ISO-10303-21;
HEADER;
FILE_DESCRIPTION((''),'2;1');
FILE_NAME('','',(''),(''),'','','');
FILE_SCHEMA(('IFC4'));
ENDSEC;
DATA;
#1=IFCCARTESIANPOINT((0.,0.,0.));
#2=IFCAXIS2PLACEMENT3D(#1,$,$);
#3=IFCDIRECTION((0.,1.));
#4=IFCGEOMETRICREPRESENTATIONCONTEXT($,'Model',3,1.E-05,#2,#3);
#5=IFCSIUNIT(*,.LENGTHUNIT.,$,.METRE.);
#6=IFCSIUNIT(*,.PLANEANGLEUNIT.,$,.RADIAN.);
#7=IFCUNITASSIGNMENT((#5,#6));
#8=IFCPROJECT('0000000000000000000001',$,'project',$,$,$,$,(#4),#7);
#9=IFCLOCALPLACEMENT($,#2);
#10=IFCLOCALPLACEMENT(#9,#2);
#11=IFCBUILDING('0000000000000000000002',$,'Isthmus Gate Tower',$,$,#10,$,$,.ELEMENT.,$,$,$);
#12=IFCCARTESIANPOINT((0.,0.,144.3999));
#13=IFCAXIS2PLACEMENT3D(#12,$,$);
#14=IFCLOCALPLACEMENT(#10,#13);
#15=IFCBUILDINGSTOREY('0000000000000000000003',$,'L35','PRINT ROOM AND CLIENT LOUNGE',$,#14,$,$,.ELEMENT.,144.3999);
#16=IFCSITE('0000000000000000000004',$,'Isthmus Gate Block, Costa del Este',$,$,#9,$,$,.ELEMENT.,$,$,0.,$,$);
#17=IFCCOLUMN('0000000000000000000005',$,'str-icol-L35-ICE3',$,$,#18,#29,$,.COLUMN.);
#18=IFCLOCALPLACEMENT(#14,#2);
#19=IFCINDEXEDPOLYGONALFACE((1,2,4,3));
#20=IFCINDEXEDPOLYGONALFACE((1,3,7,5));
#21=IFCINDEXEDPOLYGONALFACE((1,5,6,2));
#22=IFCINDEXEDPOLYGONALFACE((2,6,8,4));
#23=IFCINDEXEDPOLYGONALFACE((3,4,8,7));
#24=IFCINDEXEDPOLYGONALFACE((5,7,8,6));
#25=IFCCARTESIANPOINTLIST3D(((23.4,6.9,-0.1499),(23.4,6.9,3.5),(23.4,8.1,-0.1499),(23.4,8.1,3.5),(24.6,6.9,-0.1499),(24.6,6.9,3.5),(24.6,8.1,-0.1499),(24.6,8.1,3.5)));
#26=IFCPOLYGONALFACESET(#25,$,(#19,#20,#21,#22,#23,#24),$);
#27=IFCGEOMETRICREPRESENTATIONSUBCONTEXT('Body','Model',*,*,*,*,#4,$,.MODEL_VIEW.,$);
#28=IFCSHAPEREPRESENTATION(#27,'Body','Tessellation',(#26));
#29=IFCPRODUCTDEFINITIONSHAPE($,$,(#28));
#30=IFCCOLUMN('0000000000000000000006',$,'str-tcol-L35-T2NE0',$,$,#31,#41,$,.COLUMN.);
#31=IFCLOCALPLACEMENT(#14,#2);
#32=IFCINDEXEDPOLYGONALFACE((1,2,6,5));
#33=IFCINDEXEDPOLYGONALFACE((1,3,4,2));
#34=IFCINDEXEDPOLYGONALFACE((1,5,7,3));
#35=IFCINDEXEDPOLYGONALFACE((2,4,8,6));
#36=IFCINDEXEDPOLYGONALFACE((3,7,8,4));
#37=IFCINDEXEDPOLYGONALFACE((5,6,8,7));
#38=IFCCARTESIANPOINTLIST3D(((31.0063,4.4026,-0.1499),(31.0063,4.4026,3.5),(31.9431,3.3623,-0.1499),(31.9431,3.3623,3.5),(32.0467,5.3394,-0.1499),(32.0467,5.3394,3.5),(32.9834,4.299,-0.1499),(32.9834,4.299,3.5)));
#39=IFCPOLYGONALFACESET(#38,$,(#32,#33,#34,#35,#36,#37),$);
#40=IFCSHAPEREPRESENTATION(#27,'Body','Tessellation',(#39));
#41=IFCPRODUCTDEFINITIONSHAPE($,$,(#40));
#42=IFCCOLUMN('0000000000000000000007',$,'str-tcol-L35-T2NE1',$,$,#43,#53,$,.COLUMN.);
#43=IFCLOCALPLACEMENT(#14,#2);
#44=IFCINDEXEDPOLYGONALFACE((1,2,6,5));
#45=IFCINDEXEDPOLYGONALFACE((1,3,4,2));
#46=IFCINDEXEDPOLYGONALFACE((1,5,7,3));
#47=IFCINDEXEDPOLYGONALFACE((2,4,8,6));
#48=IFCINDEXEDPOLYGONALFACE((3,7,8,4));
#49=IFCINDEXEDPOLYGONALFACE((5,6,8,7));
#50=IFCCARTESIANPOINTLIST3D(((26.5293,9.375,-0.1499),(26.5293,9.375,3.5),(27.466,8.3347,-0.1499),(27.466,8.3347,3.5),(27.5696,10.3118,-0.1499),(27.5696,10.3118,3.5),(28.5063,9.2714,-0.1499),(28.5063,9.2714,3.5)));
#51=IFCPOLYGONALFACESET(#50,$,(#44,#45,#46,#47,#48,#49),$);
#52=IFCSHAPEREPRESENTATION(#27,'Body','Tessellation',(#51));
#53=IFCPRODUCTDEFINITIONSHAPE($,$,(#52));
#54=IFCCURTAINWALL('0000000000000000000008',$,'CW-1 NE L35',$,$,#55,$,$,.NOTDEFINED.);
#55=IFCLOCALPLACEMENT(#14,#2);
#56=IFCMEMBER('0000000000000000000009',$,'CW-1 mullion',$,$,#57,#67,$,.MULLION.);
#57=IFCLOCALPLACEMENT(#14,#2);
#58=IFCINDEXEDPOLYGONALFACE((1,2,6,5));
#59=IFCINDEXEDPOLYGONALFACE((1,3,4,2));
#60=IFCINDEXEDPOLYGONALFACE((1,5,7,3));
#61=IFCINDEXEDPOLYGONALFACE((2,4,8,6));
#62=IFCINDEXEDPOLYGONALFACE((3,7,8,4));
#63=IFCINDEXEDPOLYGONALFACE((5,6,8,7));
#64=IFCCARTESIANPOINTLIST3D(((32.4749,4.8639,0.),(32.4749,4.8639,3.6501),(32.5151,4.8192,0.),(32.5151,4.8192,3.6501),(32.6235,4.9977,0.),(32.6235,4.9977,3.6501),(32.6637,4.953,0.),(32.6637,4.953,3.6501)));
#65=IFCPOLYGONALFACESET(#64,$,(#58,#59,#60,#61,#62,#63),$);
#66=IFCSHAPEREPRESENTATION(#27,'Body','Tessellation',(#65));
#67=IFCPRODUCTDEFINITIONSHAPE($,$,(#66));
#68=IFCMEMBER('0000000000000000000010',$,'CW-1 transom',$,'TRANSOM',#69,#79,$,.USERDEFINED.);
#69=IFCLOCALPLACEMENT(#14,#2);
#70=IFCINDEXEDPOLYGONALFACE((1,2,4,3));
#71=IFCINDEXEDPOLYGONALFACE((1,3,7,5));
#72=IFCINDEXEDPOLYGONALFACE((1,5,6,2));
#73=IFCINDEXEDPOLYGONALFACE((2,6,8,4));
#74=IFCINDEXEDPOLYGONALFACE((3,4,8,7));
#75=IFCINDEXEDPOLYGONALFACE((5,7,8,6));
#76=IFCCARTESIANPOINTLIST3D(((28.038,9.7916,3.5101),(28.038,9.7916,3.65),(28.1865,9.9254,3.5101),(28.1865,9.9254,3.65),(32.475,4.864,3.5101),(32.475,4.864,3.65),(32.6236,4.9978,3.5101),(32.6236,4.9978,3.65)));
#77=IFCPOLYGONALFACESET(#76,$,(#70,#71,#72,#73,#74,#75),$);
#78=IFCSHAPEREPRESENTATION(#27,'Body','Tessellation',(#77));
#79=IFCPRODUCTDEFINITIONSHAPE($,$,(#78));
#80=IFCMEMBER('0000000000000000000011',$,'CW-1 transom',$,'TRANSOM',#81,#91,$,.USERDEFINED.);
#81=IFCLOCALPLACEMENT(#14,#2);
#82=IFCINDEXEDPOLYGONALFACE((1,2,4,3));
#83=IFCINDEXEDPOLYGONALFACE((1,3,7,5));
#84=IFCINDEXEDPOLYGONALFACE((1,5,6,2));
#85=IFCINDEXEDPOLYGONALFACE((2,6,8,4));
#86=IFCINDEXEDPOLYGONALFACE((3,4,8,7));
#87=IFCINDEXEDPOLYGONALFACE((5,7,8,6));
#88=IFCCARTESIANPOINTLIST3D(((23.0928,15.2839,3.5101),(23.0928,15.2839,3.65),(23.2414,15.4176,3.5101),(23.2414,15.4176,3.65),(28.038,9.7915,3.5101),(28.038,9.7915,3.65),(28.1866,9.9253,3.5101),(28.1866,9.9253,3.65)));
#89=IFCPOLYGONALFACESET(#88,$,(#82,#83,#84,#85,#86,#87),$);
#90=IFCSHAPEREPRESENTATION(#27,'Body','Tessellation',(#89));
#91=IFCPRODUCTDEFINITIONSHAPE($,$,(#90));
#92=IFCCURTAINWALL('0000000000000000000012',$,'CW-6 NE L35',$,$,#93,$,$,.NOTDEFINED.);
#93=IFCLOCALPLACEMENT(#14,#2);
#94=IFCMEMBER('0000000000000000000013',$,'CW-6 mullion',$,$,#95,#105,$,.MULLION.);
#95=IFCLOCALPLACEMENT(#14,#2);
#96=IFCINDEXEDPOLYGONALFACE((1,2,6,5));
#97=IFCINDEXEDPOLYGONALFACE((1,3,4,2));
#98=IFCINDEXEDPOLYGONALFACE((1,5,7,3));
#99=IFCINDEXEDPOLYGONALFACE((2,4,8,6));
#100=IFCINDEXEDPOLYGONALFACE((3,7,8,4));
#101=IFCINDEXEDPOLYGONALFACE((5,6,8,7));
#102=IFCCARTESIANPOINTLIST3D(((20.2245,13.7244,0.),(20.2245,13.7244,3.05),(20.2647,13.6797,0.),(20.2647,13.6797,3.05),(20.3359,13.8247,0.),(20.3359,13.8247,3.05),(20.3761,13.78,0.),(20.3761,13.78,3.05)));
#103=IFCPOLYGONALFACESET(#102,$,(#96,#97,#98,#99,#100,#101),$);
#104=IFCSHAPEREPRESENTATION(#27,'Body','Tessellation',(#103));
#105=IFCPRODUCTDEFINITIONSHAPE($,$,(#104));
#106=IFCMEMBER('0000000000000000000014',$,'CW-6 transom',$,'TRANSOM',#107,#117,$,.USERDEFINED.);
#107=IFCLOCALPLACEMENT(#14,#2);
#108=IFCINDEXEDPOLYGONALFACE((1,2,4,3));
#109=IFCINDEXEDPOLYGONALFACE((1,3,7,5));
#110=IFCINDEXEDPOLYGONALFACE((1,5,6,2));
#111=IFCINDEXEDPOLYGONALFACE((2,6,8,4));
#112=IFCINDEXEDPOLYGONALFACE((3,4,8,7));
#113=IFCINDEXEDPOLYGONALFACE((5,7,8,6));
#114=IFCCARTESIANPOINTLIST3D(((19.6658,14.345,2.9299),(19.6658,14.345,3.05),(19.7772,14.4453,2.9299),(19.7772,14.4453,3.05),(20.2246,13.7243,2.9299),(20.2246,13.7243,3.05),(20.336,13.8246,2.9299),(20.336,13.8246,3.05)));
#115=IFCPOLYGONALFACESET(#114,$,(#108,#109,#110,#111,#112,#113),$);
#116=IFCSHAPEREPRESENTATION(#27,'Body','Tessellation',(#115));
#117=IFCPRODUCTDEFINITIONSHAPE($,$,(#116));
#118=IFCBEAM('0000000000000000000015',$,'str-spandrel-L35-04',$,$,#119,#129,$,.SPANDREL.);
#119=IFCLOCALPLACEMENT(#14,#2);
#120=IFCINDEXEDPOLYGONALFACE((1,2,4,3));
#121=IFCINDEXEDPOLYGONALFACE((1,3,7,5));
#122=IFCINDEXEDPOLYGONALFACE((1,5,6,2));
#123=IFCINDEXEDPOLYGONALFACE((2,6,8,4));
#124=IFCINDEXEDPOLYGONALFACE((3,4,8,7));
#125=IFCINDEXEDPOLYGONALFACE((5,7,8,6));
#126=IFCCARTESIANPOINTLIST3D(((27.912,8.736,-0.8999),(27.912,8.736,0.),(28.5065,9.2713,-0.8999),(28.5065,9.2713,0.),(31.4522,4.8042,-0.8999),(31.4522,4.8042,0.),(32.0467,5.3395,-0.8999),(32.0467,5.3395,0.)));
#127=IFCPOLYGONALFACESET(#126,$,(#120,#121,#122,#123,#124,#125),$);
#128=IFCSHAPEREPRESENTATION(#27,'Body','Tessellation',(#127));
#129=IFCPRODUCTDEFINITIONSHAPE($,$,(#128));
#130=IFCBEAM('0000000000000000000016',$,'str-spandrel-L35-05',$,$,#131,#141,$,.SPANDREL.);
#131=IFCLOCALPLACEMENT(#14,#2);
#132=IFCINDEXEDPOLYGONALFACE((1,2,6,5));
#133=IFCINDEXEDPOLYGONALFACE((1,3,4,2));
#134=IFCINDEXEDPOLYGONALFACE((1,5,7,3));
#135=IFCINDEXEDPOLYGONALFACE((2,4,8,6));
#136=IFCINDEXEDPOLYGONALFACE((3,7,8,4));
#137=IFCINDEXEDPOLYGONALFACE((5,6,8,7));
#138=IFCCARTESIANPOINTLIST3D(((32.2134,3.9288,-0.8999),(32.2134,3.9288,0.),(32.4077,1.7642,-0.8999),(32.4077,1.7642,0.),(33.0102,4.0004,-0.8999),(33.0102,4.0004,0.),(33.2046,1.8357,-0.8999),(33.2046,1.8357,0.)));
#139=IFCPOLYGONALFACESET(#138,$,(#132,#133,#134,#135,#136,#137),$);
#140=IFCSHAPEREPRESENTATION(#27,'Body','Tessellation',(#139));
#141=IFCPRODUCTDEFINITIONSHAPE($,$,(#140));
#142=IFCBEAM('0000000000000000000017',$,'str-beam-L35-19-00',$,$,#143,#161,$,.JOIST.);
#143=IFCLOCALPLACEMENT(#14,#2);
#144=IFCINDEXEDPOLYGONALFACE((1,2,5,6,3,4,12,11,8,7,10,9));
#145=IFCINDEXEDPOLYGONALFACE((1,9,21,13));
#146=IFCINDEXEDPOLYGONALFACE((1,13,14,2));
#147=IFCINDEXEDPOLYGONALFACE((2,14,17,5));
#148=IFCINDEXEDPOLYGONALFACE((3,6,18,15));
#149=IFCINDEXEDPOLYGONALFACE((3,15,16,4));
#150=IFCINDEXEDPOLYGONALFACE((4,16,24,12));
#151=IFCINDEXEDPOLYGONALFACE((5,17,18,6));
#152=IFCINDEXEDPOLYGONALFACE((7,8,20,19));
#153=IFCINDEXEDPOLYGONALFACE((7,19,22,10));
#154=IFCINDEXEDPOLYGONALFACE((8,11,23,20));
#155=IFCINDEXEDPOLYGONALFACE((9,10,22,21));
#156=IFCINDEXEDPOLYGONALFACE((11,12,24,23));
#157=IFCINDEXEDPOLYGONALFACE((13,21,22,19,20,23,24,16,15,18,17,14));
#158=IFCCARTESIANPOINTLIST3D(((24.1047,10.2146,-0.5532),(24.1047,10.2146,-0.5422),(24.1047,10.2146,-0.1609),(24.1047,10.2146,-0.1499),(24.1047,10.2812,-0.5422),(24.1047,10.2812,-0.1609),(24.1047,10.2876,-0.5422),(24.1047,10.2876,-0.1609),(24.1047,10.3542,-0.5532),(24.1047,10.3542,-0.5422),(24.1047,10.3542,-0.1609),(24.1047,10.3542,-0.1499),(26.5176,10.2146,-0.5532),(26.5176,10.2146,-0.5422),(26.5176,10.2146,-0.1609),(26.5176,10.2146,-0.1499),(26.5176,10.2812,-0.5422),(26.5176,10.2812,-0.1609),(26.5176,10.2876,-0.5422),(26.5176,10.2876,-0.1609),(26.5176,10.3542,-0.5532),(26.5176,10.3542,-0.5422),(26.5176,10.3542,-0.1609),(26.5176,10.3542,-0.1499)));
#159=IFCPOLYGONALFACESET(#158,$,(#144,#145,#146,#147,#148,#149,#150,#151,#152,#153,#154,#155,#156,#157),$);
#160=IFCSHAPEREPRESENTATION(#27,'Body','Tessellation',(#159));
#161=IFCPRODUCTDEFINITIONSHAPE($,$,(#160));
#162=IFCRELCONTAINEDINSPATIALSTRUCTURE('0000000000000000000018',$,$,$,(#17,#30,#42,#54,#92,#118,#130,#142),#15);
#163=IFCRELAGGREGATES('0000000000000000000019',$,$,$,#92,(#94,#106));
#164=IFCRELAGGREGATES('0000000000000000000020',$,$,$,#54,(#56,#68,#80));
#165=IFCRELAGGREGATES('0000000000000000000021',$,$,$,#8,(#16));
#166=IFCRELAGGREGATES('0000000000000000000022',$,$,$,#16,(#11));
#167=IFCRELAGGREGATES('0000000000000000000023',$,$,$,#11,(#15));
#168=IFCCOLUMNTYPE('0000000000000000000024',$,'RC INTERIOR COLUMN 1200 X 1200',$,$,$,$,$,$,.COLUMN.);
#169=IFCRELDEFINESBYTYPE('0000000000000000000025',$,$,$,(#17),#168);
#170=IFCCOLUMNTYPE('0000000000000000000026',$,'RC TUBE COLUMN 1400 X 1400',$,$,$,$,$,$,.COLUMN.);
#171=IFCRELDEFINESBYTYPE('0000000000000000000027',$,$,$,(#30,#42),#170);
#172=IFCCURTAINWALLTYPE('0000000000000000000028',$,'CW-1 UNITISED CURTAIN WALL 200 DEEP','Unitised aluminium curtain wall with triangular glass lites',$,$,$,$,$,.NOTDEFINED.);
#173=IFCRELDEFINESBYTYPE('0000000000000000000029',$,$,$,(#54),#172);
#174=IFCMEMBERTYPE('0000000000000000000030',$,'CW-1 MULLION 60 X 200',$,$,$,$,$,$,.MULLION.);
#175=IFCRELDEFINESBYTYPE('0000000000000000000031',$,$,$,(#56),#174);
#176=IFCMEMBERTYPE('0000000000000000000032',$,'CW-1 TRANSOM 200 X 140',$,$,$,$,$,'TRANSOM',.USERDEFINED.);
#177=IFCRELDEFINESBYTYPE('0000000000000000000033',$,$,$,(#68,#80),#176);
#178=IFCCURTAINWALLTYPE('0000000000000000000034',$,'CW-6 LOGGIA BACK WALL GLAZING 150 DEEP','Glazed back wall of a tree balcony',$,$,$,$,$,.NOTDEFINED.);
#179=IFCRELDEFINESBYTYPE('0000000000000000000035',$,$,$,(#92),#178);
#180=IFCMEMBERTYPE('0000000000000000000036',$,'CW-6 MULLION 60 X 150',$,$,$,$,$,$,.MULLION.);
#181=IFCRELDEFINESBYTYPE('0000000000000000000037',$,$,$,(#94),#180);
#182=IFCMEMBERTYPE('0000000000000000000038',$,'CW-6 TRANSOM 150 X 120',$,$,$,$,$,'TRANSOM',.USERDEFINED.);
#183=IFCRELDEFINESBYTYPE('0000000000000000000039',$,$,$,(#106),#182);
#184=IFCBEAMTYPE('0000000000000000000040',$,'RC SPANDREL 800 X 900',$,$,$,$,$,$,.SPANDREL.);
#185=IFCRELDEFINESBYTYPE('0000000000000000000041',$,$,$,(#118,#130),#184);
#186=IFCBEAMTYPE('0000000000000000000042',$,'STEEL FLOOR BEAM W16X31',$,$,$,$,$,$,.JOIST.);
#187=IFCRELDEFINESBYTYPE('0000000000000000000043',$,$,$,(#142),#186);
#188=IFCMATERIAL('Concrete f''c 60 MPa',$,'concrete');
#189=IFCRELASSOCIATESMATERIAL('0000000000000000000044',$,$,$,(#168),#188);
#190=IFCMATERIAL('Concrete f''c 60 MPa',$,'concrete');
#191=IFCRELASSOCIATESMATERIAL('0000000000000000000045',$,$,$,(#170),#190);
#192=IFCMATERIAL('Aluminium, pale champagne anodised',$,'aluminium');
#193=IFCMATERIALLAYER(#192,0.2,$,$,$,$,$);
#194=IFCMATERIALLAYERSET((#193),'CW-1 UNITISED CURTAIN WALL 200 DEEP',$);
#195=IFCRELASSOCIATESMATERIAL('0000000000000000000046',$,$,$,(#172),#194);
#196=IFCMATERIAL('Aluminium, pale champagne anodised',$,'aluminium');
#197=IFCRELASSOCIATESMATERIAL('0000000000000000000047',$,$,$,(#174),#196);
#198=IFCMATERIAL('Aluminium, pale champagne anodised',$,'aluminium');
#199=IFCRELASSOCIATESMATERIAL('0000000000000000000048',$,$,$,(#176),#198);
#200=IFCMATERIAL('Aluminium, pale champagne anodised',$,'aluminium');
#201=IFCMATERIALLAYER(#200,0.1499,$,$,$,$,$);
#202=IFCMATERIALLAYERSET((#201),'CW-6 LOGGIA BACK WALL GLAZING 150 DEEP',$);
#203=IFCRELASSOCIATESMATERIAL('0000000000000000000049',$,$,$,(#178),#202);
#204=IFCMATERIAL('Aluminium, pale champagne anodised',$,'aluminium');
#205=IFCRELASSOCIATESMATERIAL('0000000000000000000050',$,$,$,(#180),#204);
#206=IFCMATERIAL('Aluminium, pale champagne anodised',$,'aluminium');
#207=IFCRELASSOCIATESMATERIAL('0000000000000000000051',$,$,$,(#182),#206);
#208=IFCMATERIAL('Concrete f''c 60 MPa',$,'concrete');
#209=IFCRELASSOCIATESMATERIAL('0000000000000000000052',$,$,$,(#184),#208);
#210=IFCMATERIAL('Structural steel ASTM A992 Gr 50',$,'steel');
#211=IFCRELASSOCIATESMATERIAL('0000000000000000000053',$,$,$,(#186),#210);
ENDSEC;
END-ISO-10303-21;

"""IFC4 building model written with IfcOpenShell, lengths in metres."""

from ifc_helpers import new_model, si_unit, direction, frame, origin, origin_2d, place, context, subcontext, project, spatial, rectangle, i_section, extrude, material, layer, layer_set, material_profile, profile_set, type_object, element, aggregate, save


model = new_model("IFC4")

# Units and contexts
model_context = context("Model", 3, precision=1e-05, world=origin(), true_north=direction((0.0, 1.0)))
body_context = subcontext(model_context, "Body", "Model", "MODEL_VIEW")
ifc_project = project(units=[si_unit("LENGTHUNIT", "METRE"), si_unit("PLANEANGLEUNIT", "RADIAN")], contexts=[model_context])

# Site, building, storey
site_placement = place(None, origin())
site = spatial("IfcSite", under=ifc_project, at=site_placement, Name="Isthmus Gate Block, Costa del Este", CompositionType="ELEMENT", RefElevation=0.0)
building_placement = place(site_placement, origin())
building = spatial("IfcBuilding", under=site, at=building_placement, Name="Isthmus Gate Tower", CompositionType="ELEMENT")
storey_placement = place(building_placement, frame((0.0, 0.0, 144.3999)))
storey = spatial("IfcBuildingStorey", under=building, at=storey_placement, Name="L35", Description="PRINT ROOM AND CLIENT LOUNGE", CompositionType="ELEMENT", Elevation=144.3999)

# Columns
ifc_material_1 = material(Name="Concrete f'c 60 MPa", Category="concrete")
ifc_material_profile_1 = material_profile(ifc_material_1, rectangle(XDim=1.2, YDim=1.2, at=origin_2d()), Name="RC 1200X1200")
ifc_profile_set_1 = profile_set([ifc_material_profile_1], Name="Concrete f'c 60 MPa")
column_type_1 = type_object("IfcColumnType", Name="RC INTERIOR COLUMN 1200 X 1200", PredefinedType="COLUMN", material=ifc_profile_set_1)
column_placement = place(storey_placement, frame((24.0, 7.5, -0.1499), z_axis=(0.0, 0.0, 1.0), x_axis=(1.0, 0.0, 0.0)))
element("IfcColumn", 1, at=column_placement, inside=storey, type_object=column_type_1, Name="str-icol-L35-ICE3", PredefinedType="COLUMN", context=body_context, shape_type="SweptSolid", body=[
    extrude(rectangle(XDim=1.2, YDim=1.2, at=origin_2d()), origin(), (0.0, 0.0, 1.0), 3.6499),
])
ifc_material_2 = material(Name="Concrete f'c 60 MPa", Category="concrete")
ifc_material_profile_2 = material_profile(ifc_material_2, rectangle(XDim=1.3999, YDim=1.3999, at=origin_2d()), Name="RC 1400X1400")
ifc_profile_set_2 = profile_set([ifc_material_profile_2], Name="Concrete f'c 60 MPa")
column_type_2 = type_object("IfcColumnType", Name="RC TUBE COLUMN 1400 X 1400", PredefinedType="COLUMN", material=ifc_profile_set_2)
for number, where, z_axis, x_axis, name in (
    (2, (31.9949, 4.3508, -0.1499), (0.0, 0.0, 1.0), (-0.669131, 0.743145, 0.0), "str-tcol-L35-T2NE0"),
    (3, (27.5178, 9.3232, -0.1499), (0.0, 0.0, 1.0), (-0.669131, 0.743145, 0.0), "str-tcol-L35-T2NE1"),
):
    element("IfcColumn", number, at=place(storey_placement, frame(where, z_axis=z_axis, x_axis=x_axis)), inside=storey, type_object=column_type_2, Name=name, PredefinedType="COLUMN", context=body_context, shape_type="SweptSolid", body=[
        extrude(rectangle(XDim=1.3999, YDim=1.3999, at=origin_2d()), origin(), (0.0, 0.0, 1.0), 3.6499),
    ])

# Curtain walls, members
ifc_material_3 = material(Name="Aluminium, pale champagne anodised", Category="aluminium")
ifc_layer_1 = layer(ifc_material_3, 0.2)
ifc_layer_set_1 = layer_set([ifc_layer_1], Name="CW-1 UNITISED CURTAIN WALL 200 DEEP")
curtain_wall_type_1 = type_object("IfcCurtainWallType", Name="CW-1 UNITISED CURTAIN WALL 200 DEEP", Description="Unitised aluminium curtain wall with triangular glass lites", PredefinedType="NOTDEFINED", material=ifc_layer_set_1)
curtain_wall_1_placement = place(storey_placement, origin())
curtain_wall_1 = element("IfcCurtainWall", 4, at=curtain_wall_1_placement, inside=storey, type_object=curtain_wall_type_1, Name="CW-1 NE L35", PredefinedType="NOTDEFINED")
ifc_material_4 = material(Name="Aluminium, pale champagne anodised", Category="aluminium")
ifc_material_profile_3 = material_profile(ifc_material_4, rectangle(XDim=0.0601, YDim=0.2, at=origin_2d()), Name="60x200")
ifc_profile_set_3 = profile_set([ifc_material_profile_3], Name="Aluminium, pale champagne anodised")
member_type_1 = type_object("IfcMemberType", Name="CW-1 MULLION 60 X 200", PredefinedType="MULLION", material=ifc_profile_set_3)
member_1_placement = place(storey_placement, frame((32.5693, 4.9084, 0.0), z_axis=(0.0, 0.0, 1.0), x_axis=(-0.669131, 0.743145, 0.0)))
member_1 = element("IfcMember", 5, at=member_1_placement, type_object=member_type_1, Name="CW-1 mullion", PredefinedType="MULLION", context=body_context, shape_type="SweptSolid", body=[
    extrude(rectangle(XDim=0.0601, YDim=0.2, at=origin_2d()), origin(), (0.0, 0.0, 1.0), 3.6501),
])
ifc_material_5 = material(Name="Aluminium, pale champagne anodised", Category="aluminium")
ifc_material_profile_4 = material_profile(ifc_material_5, rectangle(XDim=0.2, YDim=0.1399, at=origin_2d()), Name="200x140")
ifc_profile_set_4 = profile_set([ifc_material_profile_4], Name="Aluminium, pale champagne anodised")
member_type_2 = type_object("IfcMemberType", Name="CW-1 TRANSOM 200 X 140", ElementType="TRANSOM", PredefinedType="USERDEFINED", material=ifc_profile_set_4)
member_2_placement = place(storey_placement, frame((32.5493, 4.9309, 3.5801), z_axis=(-0.669154, 0.743124, 0.0), x_axis=(-0.743124, -0.669154, 0.0)))
member_2 = element("IfcMember", 6, at=member_2_placement, type_object=member_type_2, Name="CW-1 transom", ObjectType="TRANSOM", PredefinedType="USERDEFINED", context=body_context, shape_type="SweptSolid", body=[
    extrude(rectangle(XDim=0.2, YDim=0.1399, at=origin_2d()), origin(), (0.0, 0.0, 1.0), 6.6309),
])
member_3_placement = place(storey_placement, frame((28.1123, 9.8584, 3.5801), z_axis=(-0.669123, 0.743151, 0.0), x_axis=(-0.743151, -0.669123, 0.0)))
member_3 = element("IfcMember", 7, at=member_3_placement, type_object=member_type_2, Name="CW-1 transom", ObjectType="TRANSOM", PredefinedType="USERDEFINED", context=body_context, shape_type="SweptSolid", body=[
    extrude(rectangle(XDim=0.2, YDim=0.1399, at=origin_2d()), origin(), (0.0, 0.0, 1.0), 7.3906),
])
ifc_material_6 = material(Name="Aluminium, pale champagne anodised", Category="aluminium")
ifc_layer_2 = layer(ifc_material_6, 0.1499)
ifc_layer_set_2 = layer_set([ifc_layer_2], Name="CW-6 LOGGIA BACK WALL GLAZING 150 DEEP")
curtain_wall_type_2 = type_object("IfcCurtainWallType", Name="CW-6 LOGGIA BACK WALL GLAZING 150 DEEP", Description="Glazed back wall of a tree balcony", PredefinedType="NOTDEFINED", material=ifc_layer_set_2)
curtain_wall_2_placement = place(storey_placement, origin())
curtain_wall_2 = element("IfcCurtainWall", 8, at=curtain_wall_2_placement, inside=storey, type_object=curtain_wall_type_2, Name="CW-6 NE L35", PredefinedType="NOTDEFINED")
ifc_material_7 = material(Name="Aluminium, pale champagne anodised", Category="aluminium")
ifc_material_profile_5 = material_profile(ifc_material_7, rectangle(XDim=0.0601, YDim=0.1499, at=origin_2d()), Name="60x150")
ifc_profile_set_5 = profile_set([ifc_material_profile_5], Name="Aluminium, pale champagne anodised")
member_type_3 = type_object("IfcMemberType", Name="CW-6 MULLION 60 X 150", PredefinedType="MULLION", material=ifc_profile_set_5)
member_4_placement = place(storey_placement, frame((20.3003, 13.7522, 0.0), z_axis=(0.0, 0.0, 1.0), x_axis=(-0.669131, 0.743145, 0.0)))
member_4 = element("IfcMember", 9, at=member_4_placement, type_object=member_type_3, Name="CW-6 mullion", PredefinedType="MULLION", context=body_context, shape_type="SweptSolid", body=[
    extrude(rectangle(XDim=0.0601, YDim=0.1499, at=origin_2d()), origin(), (0.0, 0.0, 1.0), 3.05),
])
ifc_material_8 = material(Name="Aluminium, pale champagne anodised", Category="aluminium")
ifc_material_profile_6 = material_profile(ifc_material_8, rectangle(XDim=0.1499, YDim=0.1201, at=origin_2d()), Name="150x120")
ifc_profile_set_6 = profile_set([ifc_material_profile_6], Name="Aluminium, pale champagne anodised")
member_type_4 = type_object("IfcMemberType", Name="CW-6 TRANSOM 150 X 120", ElementType="TRANSOM", PredefinedType="USERDEFINED", material=ifc_profile_set_6)
member_5_placement = place(storey_placement, frame((20.2803, 13.7744, 2.99), z_axis=(-0.669013, 0.743251, 0.0), x_axis=(-0.743251, -0.669013, 0.0)))
member_5 = element("IfcMember", 10, at=member_5_placement, type_object=member_type_4, Name="CW-6 transom", ObjectType="TRANSOM", PredefinedType="USERDEFINED", context=body_context, shape_type="SweptSolid", body=[
    extrude(rectangle(XDim=0.1499, YDim=0.1201, at=origin_2d()), origin(), (0.0, 0.0, 1.0), 0.8352),
])
aggregate(curtain_wall_2, [member_4, member_5])

# Beams
ifc_material_9 = material(Name="Concrete f'c 60 MPa", Category="concrete")
ifc_material_profile_7 = material_profile(ifc_material_9, rectangle(XDim=0.8, YDim=0.8999, at=origin_2d()), Name="RC 800X900")
ifc_profile_set_7 = profile_set([ifc_material_profile_7], Name="Concrete f'c 60 MPa")
beam_type_1 = type_object("IfcBeamType", Name="RC SPANDREL 800 X 900", PredefinedType="SPANDREL", material=ifc_profile_set_7)
beam_1_placement = place(storey_placement, frame((28.2092, 9.0037, -0.45), z_axis=(0.66913, -0.743145, 0.0), x_axis=(0.743145, 0.66913, 0.0)))
element("IfcBeam", 11, at=beam_1_placement, inside=storey, type_object=beam_type_1, Name="str-spandrel-L35-04", PredefinedType="SPANDREL", context=body_context, shape_type="SweptSolid", body=[
    extrude(rectangle(XDim=0.8, YDim=0.8999, at=origin_2d()), origin(), (0.0, 0.0, 1.0), 5.2908),
])
beam_2_placement = place(storey_placement, frame((32.6118, 3.9646, -0.45), z_axis=(0.089422, -0.995994, 0.0), x_axis=(0.995994, 0.089422, 0.0)))
element("IfcBeam", 12, at=beam_2_placement, inside=storey, type_object=beam_type_1, Name="str-spandrel-L35-05", PredefinedType="SPANDREL", context=body_context, shape_type="SweptSolid", body=[
    extrude(rectangle(XDim=0.8, YDim=0.8999, at=origin_2d()), origin(), (0.0, 0.0, 1.0), 2.1733),
])
ifc_material_10 = material(Name="Structural steel ASTM A992 Gr 50", Category="steel")
ifc_material_profile_8 = material_profile(ifc_material_10, i_section(OverallWidth=0.1396, OverallDepth=0.4033, WebThickness=0.0063, FlangeThickness=0.011, at=origin_2d()), Name="W16X31")
ifc_profile_set_8 = profile_set([ifc_material_profile_8], Name="Structural steel ASTM A992 Gr 50")
beam_type_2 = type_object("IfcBeamType", Name="STEEL FLOOR BEAM W16X31", PredefinedType="JOIST", material=ifc_profile_set_8)
beam_3_placement = place(storey_placement, frame((24.1047, 10.2844, -0.3516), z_axis=(1.0, 0.0, 0.0), x_axis=(0.0, 1.0, 0.0)))
element("IfcBeam", 13, at=beam_3_placement, inside=storey, type_object=beam_type_2, Name="str-beam-L35-19-00", PredefinedType="JOIST", context=body_context, shape_type="SweptSolid", body=[
    extrude(i_section(OverallWidth=0.1396, OverallDepth=0.4033, WebThickness=0.0063, FlangeThickness=0.011, at=origin_2d()), origin(), (0.0, 0.0, 1.0), 2.4128),
])

aggregate(curtain_wall_1, [member_1, member_2, member_3])

save(model, "model.ifc")
